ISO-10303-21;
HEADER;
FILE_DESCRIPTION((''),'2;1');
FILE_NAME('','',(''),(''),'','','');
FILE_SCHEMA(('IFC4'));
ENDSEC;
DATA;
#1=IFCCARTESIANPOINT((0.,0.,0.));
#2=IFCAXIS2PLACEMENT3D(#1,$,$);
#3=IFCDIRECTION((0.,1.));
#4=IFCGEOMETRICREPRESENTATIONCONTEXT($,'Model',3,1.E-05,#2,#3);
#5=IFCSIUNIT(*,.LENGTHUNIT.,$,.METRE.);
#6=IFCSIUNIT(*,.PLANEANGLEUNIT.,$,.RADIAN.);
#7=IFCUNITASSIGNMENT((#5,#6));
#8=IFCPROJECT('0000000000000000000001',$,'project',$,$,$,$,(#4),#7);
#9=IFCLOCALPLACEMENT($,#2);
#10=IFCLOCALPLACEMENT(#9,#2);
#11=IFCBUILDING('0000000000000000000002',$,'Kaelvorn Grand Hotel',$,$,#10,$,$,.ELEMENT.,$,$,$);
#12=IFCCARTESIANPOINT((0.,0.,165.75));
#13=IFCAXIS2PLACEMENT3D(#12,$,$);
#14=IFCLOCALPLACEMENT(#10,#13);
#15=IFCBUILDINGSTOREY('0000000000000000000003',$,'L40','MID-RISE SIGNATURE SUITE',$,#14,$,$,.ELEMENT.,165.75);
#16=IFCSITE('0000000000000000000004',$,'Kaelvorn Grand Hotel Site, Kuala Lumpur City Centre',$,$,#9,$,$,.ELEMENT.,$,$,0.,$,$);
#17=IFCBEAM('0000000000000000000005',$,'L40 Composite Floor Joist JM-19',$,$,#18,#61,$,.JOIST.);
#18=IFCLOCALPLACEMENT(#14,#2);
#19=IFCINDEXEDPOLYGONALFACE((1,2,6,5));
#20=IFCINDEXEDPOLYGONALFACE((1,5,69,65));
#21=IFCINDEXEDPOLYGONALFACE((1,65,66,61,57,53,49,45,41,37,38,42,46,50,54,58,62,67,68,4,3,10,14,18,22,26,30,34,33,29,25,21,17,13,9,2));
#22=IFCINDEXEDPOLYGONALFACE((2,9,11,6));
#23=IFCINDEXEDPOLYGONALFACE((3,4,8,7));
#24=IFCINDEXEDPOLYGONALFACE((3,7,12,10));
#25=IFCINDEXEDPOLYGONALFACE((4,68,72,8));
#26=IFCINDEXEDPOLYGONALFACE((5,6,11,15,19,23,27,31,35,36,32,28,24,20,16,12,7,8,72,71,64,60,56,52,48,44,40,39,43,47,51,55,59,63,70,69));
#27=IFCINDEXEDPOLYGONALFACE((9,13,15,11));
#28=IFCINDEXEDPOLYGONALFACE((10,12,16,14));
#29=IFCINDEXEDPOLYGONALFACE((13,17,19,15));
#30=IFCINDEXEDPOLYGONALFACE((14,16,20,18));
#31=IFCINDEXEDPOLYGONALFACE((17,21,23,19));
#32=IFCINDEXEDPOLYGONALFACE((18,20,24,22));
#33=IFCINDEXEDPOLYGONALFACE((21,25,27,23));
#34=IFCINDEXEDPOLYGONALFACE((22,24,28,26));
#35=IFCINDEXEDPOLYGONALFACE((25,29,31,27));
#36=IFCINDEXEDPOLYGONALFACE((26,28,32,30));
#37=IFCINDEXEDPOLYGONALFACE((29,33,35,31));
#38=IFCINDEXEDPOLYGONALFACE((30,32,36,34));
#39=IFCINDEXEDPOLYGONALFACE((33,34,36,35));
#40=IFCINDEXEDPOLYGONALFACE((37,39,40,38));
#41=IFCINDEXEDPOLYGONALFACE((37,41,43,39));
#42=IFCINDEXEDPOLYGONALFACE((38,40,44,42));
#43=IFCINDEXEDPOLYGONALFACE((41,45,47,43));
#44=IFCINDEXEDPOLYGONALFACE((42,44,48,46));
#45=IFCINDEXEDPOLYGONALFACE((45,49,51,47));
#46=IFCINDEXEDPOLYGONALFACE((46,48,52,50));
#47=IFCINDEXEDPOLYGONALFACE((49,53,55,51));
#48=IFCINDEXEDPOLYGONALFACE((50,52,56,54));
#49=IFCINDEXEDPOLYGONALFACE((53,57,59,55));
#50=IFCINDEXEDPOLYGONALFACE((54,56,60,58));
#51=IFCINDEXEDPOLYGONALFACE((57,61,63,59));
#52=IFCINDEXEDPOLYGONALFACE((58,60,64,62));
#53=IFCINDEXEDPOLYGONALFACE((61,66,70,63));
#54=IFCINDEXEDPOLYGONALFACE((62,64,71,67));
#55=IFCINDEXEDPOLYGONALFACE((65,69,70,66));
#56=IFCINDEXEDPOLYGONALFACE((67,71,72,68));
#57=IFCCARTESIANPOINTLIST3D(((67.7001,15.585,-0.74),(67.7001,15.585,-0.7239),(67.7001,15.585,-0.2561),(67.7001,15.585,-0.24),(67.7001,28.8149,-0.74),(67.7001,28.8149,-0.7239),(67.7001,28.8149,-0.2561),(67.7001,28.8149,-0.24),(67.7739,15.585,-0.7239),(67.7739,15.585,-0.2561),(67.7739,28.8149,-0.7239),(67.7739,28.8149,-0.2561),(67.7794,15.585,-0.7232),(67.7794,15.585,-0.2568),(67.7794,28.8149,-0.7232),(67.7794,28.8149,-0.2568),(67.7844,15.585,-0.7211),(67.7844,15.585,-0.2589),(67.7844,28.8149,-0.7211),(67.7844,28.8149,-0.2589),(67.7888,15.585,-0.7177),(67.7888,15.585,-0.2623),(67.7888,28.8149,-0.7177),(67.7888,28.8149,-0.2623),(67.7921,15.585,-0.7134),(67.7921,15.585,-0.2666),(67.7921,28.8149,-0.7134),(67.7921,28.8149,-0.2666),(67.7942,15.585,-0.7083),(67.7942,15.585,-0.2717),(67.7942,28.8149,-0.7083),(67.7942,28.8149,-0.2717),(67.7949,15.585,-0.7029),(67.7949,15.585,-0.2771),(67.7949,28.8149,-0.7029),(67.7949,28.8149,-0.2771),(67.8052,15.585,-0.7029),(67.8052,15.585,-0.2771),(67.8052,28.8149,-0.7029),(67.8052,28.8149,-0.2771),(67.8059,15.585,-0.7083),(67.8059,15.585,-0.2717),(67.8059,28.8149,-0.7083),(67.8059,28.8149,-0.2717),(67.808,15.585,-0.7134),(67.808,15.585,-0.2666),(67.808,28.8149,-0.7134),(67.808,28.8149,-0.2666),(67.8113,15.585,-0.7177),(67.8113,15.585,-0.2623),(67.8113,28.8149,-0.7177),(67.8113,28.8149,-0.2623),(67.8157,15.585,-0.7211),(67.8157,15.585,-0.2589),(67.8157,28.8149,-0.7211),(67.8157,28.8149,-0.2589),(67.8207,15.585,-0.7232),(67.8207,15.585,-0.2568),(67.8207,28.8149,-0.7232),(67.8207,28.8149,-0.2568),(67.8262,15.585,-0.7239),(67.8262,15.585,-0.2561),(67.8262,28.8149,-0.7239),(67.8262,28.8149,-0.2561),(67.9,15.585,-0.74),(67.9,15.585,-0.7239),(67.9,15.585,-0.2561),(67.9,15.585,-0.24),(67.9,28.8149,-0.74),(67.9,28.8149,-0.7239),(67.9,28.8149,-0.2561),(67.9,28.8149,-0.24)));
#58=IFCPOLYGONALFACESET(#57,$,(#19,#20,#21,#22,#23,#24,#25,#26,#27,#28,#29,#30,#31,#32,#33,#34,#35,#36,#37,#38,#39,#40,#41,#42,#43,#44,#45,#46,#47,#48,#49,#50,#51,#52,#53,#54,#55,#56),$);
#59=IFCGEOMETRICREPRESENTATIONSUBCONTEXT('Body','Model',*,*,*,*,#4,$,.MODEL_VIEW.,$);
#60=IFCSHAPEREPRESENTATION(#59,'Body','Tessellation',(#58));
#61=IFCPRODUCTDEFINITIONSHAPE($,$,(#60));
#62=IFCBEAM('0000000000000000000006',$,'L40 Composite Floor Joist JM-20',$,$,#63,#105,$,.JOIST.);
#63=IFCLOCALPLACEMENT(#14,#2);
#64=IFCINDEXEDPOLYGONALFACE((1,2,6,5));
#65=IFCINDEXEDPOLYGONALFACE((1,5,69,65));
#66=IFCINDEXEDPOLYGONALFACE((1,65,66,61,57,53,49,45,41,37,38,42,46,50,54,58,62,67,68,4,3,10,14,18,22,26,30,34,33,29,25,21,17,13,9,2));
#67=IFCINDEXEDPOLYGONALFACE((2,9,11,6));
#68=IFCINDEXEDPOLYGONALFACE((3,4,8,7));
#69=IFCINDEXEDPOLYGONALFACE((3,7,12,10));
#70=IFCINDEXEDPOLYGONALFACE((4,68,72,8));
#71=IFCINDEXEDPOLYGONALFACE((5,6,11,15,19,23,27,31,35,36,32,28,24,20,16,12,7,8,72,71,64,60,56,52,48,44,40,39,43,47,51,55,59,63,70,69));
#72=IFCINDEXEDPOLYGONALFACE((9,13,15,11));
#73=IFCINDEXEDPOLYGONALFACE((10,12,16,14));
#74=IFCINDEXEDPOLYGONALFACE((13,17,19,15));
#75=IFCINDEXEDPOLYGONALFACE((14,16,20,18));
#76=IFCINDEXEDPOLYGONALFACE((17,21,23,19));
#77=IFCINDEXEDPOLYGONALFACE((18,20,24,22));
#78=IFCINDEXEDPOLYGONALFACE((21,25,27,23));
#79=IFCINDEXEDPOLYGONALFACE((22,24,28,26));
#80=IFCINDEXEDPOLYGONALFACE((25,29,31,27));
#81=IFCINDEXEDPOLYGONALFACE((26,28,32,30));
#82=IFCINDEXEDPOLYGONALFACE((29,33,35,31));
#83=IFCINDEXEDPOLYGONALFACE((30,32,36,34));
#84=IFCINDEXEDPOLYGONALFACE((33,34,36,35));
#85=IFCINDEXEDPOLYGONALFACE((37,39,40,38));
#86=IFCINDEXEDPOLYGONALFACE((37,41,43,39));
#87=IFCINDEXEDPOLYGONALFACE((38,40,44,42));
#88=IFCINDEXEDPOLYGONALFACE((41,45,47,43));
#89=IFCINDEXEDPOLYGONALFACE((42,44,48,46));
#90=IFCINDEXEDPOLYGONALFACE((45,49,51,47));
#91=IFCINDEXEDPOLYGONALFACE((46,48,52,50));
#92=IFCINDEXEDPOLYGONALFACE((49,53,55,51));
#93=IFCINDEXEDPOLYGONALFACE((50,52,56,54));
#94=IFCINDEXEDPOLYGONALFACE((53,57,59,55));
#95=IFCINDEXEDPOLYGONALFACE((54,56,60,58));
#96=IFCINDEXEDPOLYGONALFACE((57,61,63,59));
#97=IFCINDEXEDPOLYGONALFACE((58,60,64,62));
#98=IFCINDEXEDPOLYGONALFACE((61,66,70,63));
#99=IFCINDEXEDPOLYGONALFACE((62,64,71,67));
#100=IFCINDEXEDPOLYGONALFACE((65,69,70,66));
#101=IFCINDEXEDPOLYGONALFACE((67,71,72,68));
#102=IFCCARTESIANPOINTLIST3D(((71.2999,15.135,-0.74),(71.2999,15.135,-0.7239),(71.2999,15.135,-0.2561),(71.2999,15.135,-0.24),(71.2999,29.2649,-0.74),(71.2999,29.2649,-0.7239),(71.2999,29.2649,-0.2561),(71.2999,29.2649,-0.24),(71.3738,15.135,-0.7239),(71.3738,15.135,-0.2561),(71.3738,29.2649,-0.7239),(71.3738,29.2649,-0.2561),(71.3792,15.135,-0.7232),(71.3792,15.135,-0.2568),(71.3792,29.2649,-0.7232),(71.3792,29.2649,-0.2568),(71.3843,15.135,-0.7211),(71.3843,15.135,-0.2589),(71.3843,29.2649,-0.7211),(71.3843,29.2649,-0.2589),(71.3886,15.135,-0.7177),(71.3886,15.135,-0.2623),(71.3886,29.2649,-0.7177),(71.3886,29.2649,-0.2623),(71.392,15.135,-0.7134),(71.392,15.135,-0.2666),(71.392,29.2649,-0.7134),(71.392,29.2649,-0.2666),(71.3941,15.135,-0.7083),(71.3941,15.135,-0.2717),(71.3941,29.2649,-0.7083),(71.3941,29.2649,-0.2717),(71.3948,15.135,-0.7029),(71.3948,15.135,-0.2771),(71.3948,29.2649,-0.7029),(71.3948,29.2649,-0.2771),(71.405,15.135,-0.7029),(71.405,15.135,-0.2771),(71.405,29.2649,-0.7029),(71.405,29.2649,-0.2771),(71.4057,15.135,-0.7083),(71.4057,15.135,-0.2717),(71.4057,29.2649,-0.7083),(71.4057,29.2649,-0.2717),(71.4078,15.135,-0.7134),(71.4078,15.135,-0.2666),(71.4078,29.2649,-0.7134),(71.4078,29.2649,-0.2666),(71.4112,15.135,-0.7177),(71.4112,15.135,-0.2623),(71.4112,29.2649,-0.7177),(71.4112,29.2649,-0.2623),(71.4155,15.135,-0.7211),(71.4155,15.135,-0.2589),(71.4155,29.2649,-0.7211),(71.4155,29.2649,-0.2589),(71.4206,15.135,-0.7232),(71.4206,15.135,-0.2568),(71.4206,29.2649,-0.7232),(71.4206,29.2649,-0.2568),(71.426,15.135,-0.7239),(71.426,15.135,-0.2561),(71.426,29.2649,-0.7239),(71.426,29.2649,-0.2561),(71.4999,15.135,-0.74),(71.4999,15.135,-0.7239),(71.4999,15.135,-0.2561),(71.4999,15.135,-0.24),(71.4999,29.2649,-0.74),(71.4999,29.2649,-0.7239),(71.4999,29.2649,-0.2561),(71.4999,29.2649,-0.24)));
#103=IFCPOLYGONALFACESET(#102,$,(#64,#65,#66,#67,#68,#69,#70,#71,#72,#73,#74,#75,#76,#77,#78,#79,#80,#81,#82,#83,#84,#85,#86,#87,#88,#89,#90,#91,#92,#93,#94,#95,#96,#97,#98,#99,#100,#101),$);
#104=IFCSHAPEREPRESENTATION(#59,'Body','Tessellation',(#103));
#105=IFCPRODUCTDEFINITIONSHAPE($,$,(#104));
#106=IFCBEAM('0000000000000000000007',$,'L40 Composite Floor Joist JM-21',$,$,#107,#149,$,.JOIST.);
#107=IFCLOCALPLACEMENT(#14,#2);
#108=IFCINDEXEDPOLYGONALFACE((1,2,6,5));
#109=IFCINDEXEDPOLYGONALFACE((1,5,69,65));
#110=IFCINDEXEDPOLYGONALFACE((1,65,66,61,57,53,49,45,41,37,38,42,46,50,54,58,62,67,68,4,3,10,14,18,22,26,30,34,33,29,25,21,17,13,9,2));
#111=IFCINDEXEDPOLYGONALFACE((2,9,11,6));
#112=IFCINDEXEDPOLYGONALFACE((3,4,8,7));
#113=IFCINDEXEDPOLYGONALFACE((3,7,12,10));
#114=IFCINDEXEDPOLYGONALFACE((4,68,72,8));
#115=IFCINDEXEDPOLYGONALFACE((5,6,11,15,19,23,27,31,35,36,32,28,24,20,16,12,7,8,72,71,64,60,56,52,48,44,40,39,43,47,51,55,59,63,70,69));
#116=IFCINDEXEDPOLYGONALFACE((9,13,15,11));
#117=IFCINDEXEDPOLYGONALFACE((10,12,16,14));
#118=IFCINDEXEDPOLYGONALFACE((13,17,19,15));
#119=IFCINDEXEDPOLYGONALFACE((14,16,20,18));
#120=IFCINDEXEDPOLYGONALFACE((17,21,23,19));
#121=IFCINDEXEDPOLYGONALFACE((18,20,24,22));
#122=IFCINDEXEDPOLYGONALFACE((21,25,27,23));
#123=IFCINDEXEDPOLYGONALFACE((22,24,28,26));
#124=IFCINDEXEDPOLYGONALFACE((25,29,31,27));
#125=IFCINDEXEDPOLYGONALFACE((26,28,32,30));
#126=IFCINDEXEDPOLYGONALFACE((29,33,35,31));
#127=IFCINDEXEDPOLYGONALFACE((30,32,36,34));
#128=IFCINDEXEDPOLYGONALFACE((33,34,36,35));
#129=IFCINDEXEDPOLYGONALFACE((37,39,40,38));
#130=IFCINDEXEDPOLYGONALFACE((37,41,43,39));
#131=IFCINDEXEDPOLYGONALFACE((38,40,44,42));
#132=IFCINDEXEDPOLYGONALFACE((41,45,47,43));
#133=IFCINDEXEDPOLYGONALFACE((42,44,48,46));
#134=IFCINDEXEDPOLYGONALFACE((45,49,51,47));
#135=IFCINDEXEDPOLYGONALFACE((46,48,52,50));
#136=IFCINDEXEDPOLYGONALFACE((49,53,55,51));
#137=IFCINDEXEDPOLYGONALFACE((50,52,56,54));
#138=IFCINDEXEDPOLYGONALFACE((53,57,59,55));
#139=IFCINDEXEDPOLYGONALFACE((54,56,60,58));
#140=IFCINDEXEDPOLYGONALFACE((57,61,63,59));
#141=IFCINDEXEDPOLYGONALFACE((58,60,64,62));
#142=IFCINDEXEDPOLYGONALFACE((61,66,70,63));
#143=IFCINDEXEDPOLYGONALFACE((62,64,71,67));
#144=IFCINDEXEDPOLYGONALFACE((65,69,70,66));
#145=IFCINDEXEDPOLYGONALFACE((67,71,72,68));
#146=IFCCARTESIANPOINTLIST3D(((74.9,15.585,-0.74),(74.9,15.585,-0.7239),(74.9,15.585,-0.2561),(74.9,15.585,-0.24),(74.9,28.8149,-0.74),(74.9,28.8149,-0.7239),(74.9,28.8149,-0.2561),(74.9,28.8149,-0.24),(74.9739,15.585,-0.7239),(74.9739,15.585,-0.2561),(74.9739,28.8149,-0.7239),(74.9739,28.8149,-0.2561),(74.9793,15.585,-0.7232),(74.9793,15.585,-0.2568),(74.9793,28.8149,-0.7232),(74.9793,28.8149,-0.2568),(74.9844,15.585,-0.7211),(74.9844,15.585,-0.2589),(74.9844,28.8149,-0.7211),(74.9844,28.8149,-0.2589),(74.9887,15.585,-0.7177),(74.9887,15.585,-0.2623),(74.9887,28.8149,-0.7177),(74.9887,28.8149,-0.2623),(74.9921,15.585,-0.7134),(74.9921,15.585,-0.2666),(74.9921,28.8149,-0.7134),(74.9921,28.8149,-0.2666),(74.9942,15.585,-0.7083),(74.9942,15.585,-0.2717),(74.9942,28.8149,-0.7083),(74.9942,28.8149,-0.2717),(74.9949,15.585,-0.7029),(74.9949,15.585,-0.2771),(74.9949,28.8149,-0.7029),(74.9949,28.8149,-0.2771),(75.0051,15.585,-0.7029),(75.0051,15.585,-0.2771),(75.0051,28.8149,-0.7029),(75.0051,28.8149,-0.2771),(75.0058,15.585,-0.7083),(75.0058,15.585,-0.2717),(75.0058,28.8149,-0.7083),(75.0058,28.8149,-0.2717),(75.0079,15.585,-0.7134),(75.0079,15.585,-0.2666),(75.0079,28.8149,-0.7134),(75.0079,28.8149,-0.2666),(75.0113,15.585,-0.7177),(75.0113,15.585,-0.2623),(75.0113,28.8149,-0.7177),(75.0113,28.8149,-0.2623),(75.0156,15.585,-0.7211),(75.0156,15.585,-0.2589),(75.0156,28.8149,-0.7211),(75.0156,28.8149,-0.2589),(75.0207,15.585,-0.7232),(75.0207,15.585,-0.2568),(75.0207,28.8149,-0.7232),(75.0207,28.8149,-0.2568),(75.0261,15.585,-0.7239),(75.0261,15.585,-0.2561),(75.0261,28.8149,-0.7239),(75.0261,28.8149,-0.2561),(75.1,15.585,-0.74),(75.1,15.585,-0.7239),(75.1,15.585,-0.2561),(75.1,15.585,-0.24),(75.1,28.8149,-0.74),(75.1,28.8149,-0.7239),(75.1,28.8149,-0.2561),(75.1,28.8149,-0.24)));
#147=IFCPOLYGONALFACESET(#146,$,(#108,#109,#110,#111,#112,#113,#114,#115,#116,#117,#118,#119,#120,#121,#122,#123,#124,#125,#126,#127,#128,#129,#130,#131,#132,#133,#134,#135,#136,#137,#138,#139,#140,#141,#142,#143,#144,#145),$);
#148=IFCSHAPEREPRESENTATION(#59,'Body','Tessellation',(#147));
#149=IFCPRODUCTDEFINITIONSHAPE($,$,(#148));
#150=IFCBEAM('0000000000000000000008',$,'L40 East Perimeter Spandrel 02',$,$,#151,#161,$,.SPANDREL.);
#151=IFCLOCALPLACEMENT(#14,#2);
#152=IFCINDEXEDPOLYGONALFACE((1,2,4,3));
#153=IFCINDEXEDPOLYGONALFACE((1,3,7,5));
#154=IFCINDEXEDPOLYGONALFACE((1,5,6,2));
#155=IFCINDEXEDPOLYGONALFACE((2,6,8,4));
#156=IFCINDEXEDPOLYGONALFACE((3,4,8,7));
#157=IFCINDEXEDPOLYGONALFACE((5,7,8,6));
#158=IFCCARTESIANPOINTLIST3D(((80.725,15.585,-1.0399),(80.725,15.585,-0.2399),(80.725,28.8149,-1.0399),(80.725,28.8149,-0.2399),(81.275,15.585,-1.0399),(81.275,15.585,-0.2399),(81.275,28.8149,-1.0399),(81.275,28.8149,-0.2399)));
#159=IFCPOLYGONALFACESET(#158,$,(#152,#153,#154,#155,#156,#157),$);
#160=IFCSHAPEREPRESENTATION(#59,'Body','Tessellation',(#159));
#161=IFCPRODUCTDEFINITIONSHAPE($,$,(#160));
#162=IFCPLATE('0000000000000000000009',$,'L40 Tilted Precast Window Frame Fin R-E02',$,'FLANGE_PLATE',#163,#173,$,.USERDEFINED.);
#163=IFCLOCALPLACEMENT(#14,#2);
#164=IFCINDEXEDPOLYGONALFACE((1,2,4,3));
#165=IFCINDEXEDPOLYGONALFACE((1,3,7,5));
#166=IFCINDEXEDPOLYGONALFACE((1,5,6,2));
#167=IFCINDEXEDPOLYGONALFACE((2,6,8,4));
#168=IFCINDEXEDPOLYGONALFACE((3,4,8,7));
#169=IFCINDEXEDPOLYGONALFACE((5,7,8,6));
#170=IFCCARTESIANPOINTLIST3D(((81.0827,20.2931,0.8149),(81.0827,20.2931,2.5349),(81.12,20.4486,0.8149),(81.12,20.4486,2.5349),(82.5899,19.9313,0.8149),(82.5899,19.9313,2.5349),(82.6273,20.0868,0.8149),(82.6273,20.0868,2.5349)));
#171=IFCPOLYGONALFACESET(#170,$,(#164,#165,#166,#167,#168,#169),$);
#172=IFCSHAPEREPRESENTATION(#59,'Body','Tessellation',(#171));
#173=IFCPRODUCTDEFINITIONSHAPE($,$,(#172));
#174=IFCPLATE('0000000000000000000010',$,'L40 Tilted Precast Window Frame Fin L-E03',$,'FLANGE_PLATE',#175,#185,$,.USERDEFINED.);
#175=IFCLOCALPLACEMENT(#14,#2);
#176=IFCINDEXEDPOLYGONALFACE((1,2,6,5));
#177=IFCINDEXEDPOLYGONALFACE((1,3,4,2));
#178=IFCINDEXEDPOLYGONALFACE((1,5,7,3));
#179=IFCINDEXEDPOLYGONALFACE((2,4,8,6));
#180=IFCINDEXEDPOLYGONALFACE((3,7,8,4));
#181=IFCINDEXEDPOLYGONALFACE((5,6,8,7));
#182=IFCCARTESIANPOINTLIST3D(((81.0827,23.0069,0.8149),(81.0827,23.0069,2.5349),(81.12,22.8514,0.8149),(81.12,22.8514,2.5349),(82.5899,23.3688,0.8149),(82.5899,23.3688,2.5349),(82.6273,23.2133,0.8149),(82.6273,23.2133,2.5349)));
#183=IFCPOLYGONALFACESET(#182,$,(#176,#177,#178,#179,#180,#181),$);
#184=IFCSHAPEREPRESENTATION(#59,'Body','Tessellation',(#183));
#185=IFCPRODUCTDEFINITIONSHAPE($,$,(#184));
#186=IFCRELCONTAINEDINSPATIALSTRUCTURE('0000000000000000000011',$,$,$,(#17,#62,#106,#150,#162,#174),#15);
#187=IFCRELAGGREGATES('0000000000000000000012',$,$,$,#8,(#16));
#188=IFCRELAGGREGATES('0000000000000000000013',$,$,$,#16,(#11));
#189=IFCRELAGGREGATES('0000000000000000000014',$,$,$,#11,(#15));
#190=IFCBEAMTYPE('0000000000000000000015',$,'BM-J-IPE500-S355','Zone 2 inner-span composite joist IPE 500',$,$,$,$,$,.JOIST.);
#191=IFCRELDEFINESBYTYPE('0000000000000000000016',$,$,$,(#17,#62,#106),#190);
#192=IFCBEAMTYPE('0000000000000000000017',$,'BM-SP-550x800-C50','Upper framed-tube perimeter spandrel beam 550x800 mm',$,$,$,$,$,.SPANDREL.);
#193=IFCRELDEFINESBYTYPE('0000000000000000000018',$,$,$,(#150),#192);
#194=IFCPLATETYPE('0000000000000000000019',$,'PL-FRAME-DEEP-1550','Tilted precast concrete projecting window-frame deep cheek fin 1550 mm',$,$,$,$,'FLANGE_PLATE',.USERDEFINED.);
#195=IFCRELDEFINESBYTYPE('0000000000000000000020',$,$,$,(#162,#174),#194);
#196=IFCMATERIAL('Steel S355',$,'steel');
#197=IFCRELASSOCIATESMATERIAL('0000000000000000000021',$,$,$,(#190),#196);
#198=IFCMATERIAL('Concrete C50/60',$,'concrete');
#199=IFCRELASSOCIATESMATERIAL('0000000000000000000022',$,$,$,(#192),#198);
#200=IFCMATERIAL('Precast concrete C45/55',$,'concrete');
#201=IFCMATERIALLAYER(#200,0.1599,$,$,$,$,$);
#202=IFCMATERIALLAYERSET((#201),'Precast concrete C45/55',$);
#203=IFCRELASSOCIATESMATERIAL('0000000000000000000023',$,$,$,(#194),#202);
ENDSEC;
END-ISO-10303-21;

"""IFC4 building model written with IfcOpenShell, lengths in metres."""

from ifc_helpers import new_model, si_unit, direction, frame, origin, origin_2d, place, context, subcontext, project, spatial, rectangle, i_section, extrude, material, layer, layer_set, material_profile, profile_set, type_object, element, save


model = new_model("IFC4")

# Units and contexts
model_context = context("Model", 3, precision=1e-05, world=origin(), true_north=direction((0.0, 1.0)))
body_context = subcontext(model_context, "Body", "Model", "MODEL_VIEW")
ifc_project = project(units=[si_unit("LENGTHUNIT", "METRE"), si_unit("PLANEANGLEUNIT", "RADIAN")], contexts=[model_context])

# Site, building, storey
site_placement = place(None, origin())
site = spatial("IfcSite", under=ifc_project, at=site_placement, Name="Kaelvorn Grand Hotel Site, Kuala Lumpur City Centre", CompositionType="ELEMENT", RefElevation=0.0)
building_placement = place(site_placement, origin())
building = spatial("IfcBuilding", under=site, at=building_placement, Name="Kaelvorn Grand Hotel", CompositionType="ELEMENT")
storey_placement = place(building_placement, frame((0.0, 0.0, 165.75)))
storey = spatial("IfcBuildingStorey", under=building, at=storey_placement, Name="L40", Description="MID-RISE SIGNATURE SUITE", CompositionType="ELEMENT", Elevation=165.75)

# Beams
ifc_material_1 = material(Name="Steel S355", Category="steel")
ifc_material_profile_1 = material_profile(ifc_material_1, i_section(OverallWidth=0.2, OverallDepth=0.5, WebThickness=0.0103, FlangeThickness=0.0161, FilletRadius=0.021, at=origin_2d()), Name="IPE 500")
ifc_profile_set_1 = profile_set([ifc_material_profile_1], Name="Steel S355")
beam_type_1 = type_object("IfcBeamType", Name="BM-J-IPE500-S355", Description="Zone 2 inner-span composite joist IPE 500", PredefinedType="JOIST", material=ifc_profile_set_1)
beam_1_placement = place(storey_placement, frame((67.8, 15.585, -0.49), z_axis=(0.0, 1.0, 0.0), x_axis=(-1.0, 0.0, 0.0)))
element("IfcBeam", 1, at=beam_1_placement, inside=storey, type_object=beam_type_1, Name="L40 Composite Floor Joist JM-19", PredefinedType="JOIST", context=body_context, shape_type="SweptSolid", body=[
    extrude(i_section(OverallWidth=0.2, OverallDepth=0.5, WebThickness=0.0103, FlangeThickness=0.0161, FilletRadius=0.021, at=origin_2d()), origin(), (0.0, 0.0, 1.0), 13.23),
])
beam_2_placement = place(storey_placement, frame((71.3999, 15.135, -0.49), z_axis=(0.0, 1.0, 0.0), x_axis=(-1.0, 0.0, 0.0)))
element("IfcBeam", 2, at=beam_2_placement, inside=storey, type_object=beam_type_1, Name="L40 Composite Floor Joist JM-20", PredefinedType="JOIST", context=body_context, shape_type="SweptSolid", body=[
    extrude(i_section(OverallWidth=0.2, OverallDepth=0.5, WebThickness=0.0103, FlangeThickness=0.0161, FilletRadius=0.021, at=origin_2d()), origin(), (0.0, 0.0, 1.0), 14.1299),
])
beam_3_placement = place(storey_placement, frame((75.0, 15.585, -0.49), z_axis=(0.0, 1.0, 0.0), x_axis=(-1.0, 0.0, 0.0)))
element("IfcBeam", 3, at=beam_3_placement, inside=storey, type_object=beam_type_1, Name="L40 Composite Floor Joist JM-21", PredefinedType="JOIST", context=body_context, shape_type="SweptSolid", body=[
    extrude(i_section(OverallWidth=0.2, OverallDepth=0.5, WebThickness=0.0103, FlangeThickness=0.0161, FilletRadius=0.021, at=origin_2d()), origin(), (0.0, 0.0, 1.0), 13.23),
])
ifc_material_2 = material(Name="Concrete C50/60", Category="concrete")
ifc_material_profile_2 = material_profile(ifc_material_2, rectangle(XDim=0.55, YDim=0.8, at=origin_2d()), Name="RC SPANDREL 550x800")
ifc_profile_set_2 = profile_set([ifc_material_profile_2], Name="Concrete C50/60")
beam_type_2 = type_object("IfcBeamType", Name="BM-SP-550x800-C50", Description="Upper framed-tube perimeter spandrel beam 550x800 mm", PredefinedType="SPANDREL", material=ifc_profile_set_2)
beam_4_placement = place(storey_placement, frame((81.0, 15.585, -0.6399), z_axis=(0.0, 1.0, 0.0), x_axis=(-1.0, 0.0, 0.0)))
element("IfcBeam", 4, at=beam_4_placement, inside=storey, type_object=beam_type_2, Name="L40 East Perimeter Spandrel 02", PredefinedType="SPANDREL", context=body_context, shape_type="SweptSolid", body=[
    extrude(rectangle(XDim=0.55, YDim=0.8, at=origin_2d()), origin(), (0.0, 0.0, 1.0), 13.23),
])

# Plates
ifc_material_3 = material(Name="Precast concrete C45/55", Category="concrete")
ifc_layer_1 = layer(ifc_material_3, 0.1599)
ifc_layer_set_1 = layer_set([ifc_layer_1], Name="Precast concrete C45/55")
plate_type_1 = type_object("IfcPlateType", Name="PL-FRAME-DEEP-1550", Description="Tilted precast concrete projecting window-frame deep cheek fin 1550 mm", ElementType="FLANGE_PLATE", PredefinedType="USERDEFINED", material=ifc_layer_set_1)
for number, where, z_axis, x_axis, name in (
    (5, (81.855, 20.1899, 0.8149), (0.0, 0.0, 1.0), (0.233445, 0.97237, 0.0), "L40 Tilted Precast Window Frame Fin R-E02"),
    (6, (81.855, 23.1101, 0.8149), (0.0, 0.0, 1.0), (-0.233445, 0.97237, 0.0), "L40 Tilted Precast Window Frame Fin L-E03"),
):
    element("IfcPlate", number, at=place(storey_placement, frame(where, z_axis=z_axis, x_axis=x_axis)), inside=storey, type_object=plate_type_1, Name=name, ObjectType="FLANGE_PLATE", PredefinedType="USERDEFINED", context=body_context, shape_type="SweptSolid", body=[
        extrude(rectangle(XDim=0.1599, YDim=1.55, at=origin_2d()), origin(), (0.0, 0.0, 1.0), 1.72),
    ])

save(model, "model.ifc")
